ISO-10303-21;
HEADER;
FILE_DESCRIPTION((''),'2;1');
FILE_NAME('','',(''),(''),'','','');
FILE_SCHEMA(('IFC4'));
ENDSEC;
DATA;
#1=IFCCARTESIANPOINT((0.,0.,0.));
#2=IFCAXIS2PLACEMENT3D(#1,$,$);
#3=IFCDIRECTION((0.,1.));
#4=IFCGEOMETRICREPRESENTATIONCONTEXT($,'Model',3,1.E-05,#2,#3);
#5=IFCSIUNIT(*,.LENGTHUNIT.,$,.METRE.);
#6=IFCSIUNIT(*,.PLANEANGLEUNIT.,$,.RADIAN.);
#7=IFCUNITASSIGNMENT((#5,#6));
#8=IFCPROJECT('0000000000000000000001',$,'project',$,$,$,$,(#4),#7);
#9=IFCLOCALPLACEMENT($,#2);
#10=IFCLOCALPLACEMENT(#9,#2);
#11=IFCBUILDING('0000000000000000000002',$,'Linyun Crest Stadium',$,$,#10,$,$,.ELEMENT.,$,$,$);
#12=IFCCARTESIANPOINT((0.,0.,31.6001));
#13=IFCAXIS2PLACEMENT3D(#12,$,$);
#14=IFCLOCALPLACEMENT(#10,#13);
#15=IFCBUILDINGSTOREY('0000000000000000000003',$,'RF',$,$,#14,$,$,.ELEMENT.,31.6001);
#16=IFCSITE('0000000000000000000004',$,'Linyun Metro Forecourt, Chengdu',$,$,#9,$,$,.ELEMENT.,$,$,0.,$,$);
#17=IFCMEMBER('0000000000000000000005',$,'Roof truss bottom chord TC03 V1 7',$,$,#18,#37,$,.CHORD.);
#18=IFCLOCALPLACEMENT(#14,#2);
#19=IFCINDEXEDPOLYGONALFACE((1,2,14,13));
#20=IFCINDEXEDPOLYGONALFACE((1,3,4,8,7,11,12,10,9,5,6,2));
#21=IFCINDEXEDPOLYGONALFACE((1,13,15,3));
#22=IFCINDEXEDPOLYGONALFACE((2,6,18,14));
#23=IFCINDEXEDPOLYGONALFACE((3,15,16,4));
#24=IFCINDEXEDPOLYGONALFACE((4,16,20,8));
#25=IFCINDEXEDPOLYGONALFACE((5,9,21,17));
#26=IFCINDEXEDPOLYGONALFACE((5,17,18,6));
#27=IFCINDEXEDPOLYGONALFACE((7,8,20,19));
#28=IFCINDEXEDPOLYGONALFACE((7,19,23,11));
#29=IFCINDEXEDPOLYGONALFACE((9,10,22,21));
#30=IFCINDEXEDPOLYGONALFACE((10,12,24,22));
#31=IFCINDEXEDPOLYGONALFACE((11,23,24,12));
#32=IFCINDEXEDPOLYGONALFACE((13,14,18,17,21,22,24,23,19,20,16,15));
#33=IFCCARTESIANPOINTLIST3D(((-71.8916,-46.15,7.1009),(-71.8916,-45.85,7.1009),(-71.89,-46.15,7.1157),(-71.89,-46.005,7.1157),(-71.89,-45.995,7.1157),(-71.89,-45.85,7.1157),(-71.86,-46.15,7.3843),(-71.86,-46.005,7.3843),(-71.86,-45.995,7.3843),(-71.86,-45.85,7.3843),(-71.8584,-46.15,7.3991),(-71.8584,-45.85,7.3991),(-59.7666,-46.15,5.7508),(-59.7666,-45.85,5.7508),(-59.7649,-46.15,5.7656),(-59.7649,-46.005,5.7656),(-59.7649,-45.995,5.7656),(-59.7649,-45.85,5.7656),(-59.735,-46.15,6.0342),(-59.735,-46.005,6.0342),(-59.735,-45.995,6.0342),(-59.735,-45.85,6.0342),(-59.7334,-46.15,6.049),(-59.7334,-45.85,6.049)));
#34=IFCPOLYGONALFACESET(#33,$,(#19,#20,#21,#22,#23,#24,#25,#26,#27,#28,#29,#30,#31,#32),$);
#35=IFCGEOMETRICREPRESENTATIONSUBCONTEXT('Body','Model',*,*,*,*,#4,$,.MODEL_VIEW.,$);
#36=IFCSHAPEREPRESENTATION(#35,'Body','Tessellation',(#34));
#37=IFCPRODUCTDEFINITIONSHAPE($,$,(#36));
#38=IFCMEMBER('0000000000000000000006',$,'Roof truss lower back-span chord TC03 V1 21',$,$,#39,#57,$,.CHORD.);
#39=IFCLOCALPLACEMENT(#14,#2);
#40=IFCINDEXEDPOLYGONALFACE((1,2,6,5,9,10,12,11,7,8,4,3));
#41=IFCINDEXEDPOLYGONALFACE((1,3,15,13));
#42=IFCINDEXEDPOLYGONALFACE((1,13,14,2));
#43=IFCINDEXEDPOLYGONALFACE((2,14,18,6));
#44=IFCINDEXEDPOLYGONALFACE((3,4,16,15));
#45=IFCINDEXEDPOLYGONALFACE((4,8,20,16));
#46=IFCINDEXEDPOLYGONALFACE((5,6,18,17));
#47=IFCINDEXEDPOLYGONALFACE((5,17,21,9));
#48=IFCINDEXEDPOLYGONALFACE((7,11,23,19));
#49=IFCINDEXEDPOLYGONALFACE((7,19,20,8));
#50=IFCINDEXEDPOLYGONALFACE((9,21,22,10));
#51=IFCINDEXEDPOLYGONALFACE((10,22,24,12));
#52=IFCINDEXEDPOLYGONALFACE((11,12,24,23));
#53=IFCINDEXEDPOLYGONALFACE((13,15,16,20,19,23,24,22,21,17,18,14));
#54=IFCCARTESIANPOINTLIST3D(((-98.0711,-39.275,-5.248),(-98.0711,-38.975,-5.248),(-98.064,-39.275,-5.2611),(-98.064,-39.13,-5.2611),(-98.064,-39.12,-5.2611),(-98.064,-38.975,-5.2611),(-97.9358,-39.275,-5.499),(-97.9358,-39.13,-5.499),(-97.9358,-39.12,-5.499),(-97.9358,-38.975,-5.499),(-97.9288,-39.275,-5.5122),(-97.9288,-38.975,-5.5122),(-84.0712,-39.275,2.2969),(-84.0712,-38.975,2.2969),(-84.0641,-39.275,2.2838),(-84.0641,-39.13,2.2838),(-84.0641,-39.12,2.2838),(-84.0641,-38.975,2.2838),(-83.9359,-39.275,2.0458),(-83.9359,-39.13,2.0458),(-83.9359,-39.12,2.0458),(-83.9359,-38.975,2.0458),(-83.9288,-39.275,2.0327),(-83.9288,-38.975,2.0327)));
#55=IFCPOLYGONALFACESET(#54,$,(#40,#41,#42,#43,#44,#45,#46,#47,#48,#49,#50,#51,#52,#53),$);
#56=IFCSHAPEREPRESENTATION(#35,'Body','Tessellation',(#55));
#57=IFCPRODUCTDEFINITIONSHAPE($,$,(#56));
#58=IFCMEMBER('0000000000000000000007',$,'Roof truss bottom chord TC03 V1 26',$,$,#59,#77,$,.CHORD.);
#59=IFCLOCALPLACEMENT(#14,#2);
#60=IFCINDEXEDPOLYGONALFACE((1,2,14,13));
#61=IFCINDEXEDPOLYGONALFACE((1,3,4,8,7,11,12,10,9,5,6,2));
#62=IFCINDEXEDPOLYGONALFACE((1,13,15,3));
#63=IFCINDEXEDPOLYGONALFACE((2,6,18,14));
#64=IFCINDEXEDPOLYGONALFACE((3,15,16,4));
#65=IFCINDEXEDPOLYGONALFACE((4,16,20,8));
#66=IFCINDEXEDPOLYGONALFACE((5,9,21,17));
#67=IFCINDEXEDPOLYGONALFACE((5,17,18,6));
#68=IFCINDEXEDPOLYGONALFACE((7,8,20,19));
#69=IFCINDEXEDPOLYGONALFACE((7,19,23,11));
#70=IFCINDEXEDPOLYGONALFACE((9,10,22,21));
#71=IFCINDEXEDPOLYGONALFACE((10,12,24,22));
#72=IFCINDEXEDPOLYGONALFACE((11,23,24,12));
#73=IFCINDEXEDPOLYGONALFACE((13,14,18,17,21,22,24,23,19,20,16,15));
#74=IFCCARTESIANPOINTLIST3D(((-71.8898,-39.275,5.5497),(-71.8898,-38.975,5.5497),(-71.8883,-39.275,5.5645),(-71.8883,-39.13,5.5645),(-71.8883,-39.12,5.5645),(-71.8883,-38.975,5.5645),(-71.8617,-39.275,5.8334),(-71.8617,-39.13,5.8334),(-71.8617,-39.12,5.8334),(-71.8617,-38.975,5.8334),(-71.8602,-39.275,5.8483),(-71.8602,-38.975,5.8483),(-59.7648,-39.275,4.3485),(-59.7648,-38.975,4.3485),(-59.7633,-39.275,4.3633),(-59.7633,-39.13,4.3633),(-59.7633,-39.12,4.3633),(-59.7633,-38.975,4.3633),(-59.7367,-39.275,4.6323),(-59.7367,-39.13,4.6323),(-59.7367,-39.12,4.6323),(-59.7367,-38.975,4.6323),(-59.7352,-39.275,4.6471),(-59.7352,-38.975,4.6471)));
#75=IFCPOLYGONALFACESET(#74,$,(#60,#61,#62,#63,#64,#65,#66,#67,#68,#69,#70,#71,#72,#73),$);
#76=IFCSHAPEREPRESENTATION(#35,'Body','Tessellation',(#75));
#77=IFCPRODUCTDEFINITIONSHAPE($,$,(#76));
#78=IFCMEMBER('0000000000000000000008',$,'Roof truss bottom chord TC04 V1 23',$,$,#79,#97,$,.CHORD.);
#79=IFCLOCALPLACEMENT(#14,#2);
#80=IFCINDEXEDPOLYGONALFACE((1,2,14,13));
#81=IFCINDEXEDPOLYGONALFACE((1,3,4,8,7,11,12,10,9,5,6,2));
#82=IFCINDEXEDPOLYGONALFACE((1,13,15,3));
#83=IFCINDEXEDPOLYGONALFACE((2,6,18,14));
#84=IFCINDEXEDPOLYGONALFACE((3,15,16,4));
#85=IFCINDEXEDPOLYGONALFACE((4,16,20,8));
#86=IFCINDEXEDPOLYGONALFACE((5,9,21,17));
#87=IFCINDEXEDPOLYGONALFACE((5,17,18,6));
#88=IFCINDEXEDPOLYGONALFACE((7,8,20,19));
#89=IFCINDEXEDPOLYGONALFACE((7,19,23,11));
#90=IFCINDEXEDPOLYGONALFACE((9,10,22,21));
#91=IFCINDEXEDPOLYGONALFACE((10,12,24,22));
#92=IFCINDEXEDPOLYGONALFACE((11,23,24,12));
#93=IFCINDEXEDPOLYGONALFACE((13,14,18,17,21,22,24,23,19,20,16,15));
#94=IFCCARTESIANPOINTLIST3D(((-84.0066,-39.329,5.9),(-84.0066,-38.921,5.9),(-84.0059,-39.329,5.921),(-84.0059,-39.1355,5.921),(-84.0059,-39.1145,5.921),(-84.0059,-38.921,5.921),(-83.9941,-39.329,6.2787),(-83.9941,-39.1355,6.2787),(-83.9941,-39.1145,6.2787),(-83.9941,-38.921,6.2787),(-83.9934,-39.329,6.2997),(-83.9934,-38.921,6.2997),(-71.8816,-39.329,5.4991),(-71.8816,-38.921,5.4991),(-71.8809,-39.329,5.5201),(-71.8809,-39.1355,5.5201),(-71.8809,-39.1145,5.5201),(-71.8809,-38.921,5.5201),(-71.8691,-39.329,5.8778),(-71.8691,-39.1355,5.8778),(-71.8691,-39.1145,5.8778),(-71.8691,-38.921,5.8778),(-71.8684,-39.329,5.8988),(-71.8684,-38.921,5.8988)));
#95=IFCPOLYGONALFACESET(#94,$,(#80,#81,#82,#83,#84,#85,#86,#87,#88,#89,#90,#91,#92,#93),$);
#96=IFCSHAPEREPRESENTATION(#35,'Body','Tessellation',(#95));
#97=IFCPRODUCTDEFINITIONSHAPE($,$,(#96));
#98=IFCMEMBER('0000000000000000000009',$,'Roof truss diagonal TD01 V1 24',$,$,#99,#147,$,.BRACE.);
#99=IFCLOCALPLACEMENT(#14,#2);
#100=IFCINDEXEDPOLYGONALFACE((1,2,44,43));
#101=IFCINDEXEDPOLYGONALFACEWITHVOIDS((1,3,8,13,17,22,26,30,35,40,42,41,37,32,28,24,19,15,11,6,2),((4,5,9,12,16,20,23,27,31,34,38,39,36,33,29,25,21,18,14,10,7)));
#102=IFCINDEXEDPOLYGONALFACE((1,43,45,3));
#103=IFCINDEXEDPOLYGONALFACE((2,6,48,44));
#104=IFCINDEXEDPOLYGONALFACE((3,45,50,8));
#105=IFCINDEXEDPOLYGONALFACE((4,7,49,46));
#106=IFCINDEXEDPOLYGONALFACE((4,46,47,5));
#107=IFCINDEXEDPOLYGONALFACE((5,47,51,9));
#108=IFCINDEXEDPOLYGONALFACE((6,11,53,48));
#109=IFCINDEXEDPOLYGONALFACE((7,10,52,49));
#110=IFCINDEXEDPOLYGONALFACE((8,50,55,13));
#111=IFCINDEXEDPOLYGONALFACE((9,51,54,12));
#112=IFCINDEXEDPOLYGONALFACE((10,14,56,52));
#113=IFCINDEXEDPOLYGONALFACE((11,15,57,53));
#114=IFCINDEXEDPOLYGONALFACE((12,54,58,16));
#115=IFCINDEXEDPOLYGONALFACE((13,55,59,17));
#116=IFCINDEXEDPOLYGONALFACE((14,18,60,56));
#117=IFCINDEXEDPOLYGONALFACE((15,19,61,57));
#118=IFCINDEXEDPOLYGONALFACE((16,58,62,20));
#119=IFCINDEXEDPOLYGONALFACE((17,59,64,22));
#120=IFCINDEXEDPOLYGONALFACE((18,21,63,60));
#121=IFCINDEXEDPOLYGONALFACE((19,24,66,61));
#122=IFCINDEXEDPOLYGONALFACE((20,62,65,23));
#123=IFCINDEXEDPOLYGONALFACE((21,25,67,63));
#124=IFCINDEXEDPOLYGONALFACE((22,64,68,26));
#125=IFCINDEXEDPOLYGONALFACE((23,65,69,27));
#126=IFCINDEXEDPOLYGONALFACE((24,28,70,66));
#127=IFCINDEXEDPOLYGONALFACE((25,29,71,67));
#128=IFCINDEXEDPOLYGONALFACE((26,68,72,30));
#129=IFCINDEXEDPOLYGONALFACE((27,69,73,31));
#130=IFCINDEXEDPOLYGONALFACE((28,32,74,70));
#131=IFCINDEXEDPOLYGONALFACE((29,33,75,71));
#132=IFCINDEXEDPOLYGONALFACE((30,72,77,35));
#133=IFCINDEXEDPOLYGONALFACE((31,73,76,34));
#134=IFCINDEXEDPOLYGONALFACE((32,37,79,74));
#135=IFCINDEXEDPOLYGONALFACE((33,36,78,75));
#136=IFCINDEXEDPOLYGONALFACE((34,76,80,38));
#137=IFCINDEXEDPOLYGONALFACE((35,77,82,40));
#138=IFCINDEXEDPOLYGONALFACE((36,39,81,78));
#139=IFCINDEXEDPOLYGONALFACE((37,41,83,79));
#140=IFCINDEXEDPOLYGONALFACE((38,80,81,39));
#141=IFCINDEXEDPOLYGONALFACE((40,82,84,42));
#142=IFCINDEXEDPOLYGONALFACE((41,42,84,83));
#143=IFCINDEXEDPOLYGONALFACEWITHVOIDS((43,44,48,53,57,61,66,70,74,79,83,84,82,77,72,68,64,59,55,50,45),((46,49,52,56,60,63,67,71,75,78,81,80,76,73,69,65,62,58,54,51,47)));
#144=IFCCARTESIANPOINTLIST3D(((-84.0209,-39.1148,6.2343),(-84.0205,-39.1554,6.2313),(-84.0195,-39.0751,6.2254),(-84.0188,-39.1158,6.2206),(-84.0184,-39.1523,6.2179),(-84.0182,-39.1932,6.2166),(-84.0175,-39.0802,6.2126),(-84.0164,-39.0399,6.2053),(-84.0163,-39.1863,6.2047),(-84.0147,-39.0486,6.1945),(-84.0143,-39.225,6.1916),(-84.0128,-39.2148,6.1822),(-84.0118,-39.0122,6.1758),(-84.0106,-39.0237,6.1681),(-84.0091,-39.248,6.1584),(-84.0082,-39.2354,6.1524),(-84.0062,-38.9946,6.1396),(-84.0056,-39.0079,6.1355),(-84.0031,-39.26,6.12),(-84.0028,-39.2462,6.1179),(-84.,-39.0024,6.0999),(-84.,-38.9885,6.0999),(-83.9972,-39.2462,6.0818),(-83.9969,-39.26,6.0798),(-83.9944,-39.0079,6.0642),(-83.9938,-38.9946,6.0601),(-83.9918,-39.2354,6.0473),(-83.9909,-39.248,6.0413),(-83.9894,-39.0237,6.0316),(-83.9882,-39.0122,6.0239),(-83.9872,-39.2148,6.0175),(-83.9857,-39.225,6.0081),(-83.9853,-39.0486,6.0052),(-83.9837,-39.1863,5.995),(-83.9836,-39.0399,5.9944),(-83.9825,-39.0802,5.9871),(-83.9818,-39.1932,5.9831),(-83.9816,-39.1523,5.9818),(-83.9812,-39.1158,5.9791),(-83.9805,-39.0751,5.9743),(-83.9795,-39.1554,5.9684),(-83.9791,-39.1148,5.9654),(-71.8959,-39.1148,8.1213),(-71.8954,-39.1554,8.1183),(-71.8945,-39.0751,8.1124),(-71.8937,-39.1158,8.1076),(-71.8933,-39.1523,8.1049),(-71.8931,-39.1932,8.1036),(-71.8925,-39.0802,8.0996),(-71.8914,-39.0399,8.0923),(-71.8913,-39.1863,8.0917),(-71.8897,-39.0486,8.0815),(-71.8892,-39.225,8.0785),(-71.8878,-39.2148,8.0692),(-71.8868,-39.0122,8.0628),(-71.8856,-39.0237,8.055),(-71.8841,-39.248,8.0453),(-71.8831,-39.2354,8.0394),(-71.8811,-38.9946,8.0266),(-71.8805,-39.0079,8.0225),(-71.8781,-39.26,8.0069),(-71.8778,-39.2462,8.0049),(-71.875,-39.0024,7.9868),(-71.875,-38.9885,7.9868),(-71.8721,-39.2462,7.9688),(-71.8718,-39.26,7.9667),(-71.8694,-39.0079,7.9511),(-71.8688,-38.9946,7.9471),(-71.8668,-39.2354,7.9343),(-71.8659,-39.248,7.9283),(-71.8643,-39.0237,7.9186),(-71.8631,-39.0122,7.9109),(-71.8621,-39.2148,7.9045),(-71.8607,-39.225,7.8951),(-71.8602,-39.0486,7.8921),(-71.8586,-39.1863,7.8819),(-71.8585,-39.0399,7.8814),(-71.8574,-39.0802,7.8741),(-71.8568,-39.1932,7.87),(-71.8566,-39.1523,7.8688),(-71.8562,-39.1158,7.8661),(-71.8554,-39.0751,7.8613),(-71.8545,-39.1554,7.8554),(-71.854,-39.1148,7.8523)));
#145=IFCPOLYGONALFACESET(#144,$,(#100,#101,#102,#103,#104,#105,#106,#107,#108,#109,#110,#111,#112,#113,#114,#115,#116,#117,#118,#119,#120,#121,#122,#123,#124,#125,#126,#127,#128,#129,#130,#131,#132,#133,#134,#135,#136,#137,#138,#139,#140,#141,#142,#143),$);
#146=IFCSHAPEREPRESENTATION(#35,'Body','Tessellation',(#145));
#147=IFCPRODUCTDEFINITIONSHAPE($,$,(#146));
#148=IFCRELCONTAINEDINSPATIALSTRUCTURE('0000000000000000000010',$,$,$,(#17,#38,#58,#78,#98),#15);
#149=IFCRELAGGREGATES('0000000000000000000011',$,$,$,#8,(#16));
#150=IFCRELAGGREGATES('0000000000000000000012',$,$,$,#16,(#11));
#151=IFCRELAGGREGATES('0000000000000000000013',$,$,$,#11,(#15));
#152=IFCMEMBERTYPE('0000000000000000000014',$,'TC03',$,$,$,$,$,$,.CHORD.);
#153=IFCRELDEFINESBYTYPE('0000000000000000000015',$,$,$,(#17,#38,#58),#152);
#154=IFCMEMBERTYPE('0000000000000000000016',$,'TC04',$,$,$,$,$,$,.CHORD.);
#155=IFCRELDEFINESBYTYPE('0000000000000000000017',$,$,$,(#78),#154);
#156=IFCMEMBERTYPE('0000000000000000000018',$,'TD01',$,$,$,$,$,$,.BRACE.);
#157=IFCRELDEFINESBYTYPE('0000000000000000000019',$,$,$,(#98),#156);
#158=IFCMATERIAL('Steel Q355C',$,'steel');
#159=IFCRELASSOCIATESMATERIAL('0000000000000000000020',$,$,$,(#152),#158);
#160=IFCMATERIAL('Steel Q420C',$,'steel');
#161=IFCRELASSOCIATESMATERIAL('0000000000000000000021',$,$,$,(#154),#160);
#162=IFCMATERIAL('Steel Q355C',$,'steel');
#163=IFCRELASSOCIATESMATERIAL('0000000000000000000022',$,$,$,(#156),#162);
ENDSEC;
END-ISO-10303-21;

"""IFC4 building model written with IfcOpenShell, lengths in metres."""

from ifc_helpers import new_model, si_unit, direction, frame, origin, origin_2d, place, context, subcontext, project, spatial, hollow_circle, i_section, extrude, material, material_profile, profile_set, type_object, element, save


model = new_model("IFC4")

# Units and contexts
model_context = context("Model", 3, precision=1e-05, world=origin(), true_north=direction((0.0, 1.0)))
body_context = subcontext(model_context, "Body", "Model", "MODEL_VIEW")
ifc_project = project(units=[si_unit("LENGTHUNIT", "METRE"), si_unit("PLANEANGLEUNIT", "RADIAN")], contexts=[model_context])

# Site, building, storey
site_placement = place(None, origin())
site = spatial("IfcSite", under=ifc_project, at=site_placement, Name="Linyun Metro Forecourt, Chengdu", CompositionType="ELEMENT", RefElevation=0.0)
building_placement = place(site_placement, origin())
building = spatial("IfcBuilding", under=site, at=building_placement, Name="Linyun Crest Stadium", CompositionType="ELEMENT")
storey_placement = place(building_placement, frame((0.0, 0.0, 31.6001)))
storey = spatial("IfcBuildingStorey", under=building, at=storey_placement, Name="RF", CompositionType="ELEMENT", Elevation=31.6001)

# Members
ifc_material_1 = material(Name="Steel Q355C", Category="steel")
ifc_material_profile_1 = material_profile(ifc_material_1, i_section(OverallWidth=0.3, OverallDepth=0.3, WebThickness=0.01, FlangeThickness=0.0149, at=origin_2d()), Name="HW 300x300")
ifc_profile_set_1 = profile_set([ifc_material_profile_1], Name="Steel Q355C")
member_type_1 = type_object("IfcMemberType", Name="TC03", PredefinedType="CHORD", material=ifc_profile_set_1)
member_1_placement = place(storey_placement, frame((-71.875, -46.0, 7.25), z_axis=(0.993858, 0.0, -0.110664), x_axis=(0.0, 1.0, 0.0)))
element("IfcMember", 1, at=member_1_placement, inside=storey, type_object=member_type_1, Name="Roof truss bottom chord TC03 V1 7", PredefinedType="CHORD", context=body_context, shape_type="SweptSolid", body=[
    extrude(i_section(OverallWidth=0.3, OverallDepth=0.3, WebThickness=0.01, FlangeThickness=0.0149, at=origin_2d()), origin(), (0.0, 0.0, 1.0), 12.2),
])
member_2_placement = place(storey_placement, frame((-84.0, -39.125, 2.1648), z_axis=(-0.880301, 0.0, -0.474415), x_axis=(0.0, -1.0, 0.0)))
element("IfcMember", 2, at=member_2_placement, inside=storey, type_object=member_type_1, Name="Roof truss lower back-span chord TC03 V1 21", PredefinedType="CHORD", context=body_context, shape_type="SweptSolid", body=[
    extrude(i_section(OverallWidth=0.3, OverallDepth=0.3, WebThickness=0.01, FlangeThickness=0.0149, at=origin_2d()), origin(), (0.0, 0.0, 1.0), 15.9036),
])
member_3_placement = place(storey_placement, frame((-71.875, -39.125, 5.699), z_axis=(0.995129, 0.0, -0.098583), x_axis=(0.0, 1.0, 0.0)))
element("IfcMember", 3, at=member_3_placement, inside=storey, type_object=member_type_1, Name="Roof truss bottom chord TC03 V1 26", PredefinedType="CHORD", context=body_context, shape_type="SweptSolid", body=[
    extrude(i_section(OverallWidth=0.3, OverallDepth=0.3, WebThickness=0.01, FlangeThickness=0.0149, at=origin_2d()), origin(), (0.0, 0.0, 1.0), 12.1843),
])
ifc_material_2 = material(Name="Steel Q420C", Category="steel")
ifc_material_profile_2 = material_profile(ifc_material_2, i_section(OverallWidth=0.408, OverallDepth=0.3999, WebThickness=0.021, FlangeThickness=0.021, at=origin_2d()), Name="HW 400x408")
ifc_profile_set_2 = profile_set([ifc_material_profile_2], Name="Steel Q420C")
member_type_2 = type_object("IfcMemberType", Name="TC04", PredefinedType="CHORD", material=ifc_profile_set_2)
member_4_placement = place(storey_placement, frame((-84.0, -39.125, 6.0999), z_axis=(0.999454, 0.0, -0.033044), x_axis=(0.0, 1.0, 0.0)))
element("IfcMember", 4, at=member_4_placement, inside=storey, type_object=member_type_2, Name="Roof truss bottom chord TC04 V1 23", PredefinedType="CHORD", context=body_context, shape_type="SweptSolid", body=[
    extrude(i_section(OverallWidth=0.408, OverallDepth=0.3999, WebThickness=0.021, FlangeThickness=0.021, at=origin_2d()), origin(), (0.0, 0.0, 1.0), 12.1316),
])
ifc_material_3 = material(Name="Steel Q355C", Category="steel")
ifc_material_profile_3 = material_profile(ifc_material_3, hollow_circle(Radius=0.1365, WallThickness=0.0139, at=origin_2d()), Name="CHS 273x14")
ifc_profile_set_3 = profile_set([ifc_material_profile_3], Name="Steel Q355C")
member_type_3 = type_object("IfcMemberType", Name="TD01", PredefinedType="BRACE", material=ifc_profile_set_3)
member_5_placement = place(storey_placement, frame((-84.0, -39.125, 6.0999), z_axis=(0.988106, 0.0, 0.153775), x_axis=(0.0, 1.0, 0.0)))
element("IfcMember", 5, at=member_5_placement, inside=storey, type_object=member_type_3, Name="Roof truss diagonal TD01 V1 24", PredefinedType="BRACE", context=body_context, shape_type="SweptSolid", body=[
    extrude(hollow_circle(Radius=0.1365, WallThickness=0.0139, at=origin_2d()), origin(), (0.0, 0.0, 1.0), 12.271),
])

save(model, "model.ifc")
